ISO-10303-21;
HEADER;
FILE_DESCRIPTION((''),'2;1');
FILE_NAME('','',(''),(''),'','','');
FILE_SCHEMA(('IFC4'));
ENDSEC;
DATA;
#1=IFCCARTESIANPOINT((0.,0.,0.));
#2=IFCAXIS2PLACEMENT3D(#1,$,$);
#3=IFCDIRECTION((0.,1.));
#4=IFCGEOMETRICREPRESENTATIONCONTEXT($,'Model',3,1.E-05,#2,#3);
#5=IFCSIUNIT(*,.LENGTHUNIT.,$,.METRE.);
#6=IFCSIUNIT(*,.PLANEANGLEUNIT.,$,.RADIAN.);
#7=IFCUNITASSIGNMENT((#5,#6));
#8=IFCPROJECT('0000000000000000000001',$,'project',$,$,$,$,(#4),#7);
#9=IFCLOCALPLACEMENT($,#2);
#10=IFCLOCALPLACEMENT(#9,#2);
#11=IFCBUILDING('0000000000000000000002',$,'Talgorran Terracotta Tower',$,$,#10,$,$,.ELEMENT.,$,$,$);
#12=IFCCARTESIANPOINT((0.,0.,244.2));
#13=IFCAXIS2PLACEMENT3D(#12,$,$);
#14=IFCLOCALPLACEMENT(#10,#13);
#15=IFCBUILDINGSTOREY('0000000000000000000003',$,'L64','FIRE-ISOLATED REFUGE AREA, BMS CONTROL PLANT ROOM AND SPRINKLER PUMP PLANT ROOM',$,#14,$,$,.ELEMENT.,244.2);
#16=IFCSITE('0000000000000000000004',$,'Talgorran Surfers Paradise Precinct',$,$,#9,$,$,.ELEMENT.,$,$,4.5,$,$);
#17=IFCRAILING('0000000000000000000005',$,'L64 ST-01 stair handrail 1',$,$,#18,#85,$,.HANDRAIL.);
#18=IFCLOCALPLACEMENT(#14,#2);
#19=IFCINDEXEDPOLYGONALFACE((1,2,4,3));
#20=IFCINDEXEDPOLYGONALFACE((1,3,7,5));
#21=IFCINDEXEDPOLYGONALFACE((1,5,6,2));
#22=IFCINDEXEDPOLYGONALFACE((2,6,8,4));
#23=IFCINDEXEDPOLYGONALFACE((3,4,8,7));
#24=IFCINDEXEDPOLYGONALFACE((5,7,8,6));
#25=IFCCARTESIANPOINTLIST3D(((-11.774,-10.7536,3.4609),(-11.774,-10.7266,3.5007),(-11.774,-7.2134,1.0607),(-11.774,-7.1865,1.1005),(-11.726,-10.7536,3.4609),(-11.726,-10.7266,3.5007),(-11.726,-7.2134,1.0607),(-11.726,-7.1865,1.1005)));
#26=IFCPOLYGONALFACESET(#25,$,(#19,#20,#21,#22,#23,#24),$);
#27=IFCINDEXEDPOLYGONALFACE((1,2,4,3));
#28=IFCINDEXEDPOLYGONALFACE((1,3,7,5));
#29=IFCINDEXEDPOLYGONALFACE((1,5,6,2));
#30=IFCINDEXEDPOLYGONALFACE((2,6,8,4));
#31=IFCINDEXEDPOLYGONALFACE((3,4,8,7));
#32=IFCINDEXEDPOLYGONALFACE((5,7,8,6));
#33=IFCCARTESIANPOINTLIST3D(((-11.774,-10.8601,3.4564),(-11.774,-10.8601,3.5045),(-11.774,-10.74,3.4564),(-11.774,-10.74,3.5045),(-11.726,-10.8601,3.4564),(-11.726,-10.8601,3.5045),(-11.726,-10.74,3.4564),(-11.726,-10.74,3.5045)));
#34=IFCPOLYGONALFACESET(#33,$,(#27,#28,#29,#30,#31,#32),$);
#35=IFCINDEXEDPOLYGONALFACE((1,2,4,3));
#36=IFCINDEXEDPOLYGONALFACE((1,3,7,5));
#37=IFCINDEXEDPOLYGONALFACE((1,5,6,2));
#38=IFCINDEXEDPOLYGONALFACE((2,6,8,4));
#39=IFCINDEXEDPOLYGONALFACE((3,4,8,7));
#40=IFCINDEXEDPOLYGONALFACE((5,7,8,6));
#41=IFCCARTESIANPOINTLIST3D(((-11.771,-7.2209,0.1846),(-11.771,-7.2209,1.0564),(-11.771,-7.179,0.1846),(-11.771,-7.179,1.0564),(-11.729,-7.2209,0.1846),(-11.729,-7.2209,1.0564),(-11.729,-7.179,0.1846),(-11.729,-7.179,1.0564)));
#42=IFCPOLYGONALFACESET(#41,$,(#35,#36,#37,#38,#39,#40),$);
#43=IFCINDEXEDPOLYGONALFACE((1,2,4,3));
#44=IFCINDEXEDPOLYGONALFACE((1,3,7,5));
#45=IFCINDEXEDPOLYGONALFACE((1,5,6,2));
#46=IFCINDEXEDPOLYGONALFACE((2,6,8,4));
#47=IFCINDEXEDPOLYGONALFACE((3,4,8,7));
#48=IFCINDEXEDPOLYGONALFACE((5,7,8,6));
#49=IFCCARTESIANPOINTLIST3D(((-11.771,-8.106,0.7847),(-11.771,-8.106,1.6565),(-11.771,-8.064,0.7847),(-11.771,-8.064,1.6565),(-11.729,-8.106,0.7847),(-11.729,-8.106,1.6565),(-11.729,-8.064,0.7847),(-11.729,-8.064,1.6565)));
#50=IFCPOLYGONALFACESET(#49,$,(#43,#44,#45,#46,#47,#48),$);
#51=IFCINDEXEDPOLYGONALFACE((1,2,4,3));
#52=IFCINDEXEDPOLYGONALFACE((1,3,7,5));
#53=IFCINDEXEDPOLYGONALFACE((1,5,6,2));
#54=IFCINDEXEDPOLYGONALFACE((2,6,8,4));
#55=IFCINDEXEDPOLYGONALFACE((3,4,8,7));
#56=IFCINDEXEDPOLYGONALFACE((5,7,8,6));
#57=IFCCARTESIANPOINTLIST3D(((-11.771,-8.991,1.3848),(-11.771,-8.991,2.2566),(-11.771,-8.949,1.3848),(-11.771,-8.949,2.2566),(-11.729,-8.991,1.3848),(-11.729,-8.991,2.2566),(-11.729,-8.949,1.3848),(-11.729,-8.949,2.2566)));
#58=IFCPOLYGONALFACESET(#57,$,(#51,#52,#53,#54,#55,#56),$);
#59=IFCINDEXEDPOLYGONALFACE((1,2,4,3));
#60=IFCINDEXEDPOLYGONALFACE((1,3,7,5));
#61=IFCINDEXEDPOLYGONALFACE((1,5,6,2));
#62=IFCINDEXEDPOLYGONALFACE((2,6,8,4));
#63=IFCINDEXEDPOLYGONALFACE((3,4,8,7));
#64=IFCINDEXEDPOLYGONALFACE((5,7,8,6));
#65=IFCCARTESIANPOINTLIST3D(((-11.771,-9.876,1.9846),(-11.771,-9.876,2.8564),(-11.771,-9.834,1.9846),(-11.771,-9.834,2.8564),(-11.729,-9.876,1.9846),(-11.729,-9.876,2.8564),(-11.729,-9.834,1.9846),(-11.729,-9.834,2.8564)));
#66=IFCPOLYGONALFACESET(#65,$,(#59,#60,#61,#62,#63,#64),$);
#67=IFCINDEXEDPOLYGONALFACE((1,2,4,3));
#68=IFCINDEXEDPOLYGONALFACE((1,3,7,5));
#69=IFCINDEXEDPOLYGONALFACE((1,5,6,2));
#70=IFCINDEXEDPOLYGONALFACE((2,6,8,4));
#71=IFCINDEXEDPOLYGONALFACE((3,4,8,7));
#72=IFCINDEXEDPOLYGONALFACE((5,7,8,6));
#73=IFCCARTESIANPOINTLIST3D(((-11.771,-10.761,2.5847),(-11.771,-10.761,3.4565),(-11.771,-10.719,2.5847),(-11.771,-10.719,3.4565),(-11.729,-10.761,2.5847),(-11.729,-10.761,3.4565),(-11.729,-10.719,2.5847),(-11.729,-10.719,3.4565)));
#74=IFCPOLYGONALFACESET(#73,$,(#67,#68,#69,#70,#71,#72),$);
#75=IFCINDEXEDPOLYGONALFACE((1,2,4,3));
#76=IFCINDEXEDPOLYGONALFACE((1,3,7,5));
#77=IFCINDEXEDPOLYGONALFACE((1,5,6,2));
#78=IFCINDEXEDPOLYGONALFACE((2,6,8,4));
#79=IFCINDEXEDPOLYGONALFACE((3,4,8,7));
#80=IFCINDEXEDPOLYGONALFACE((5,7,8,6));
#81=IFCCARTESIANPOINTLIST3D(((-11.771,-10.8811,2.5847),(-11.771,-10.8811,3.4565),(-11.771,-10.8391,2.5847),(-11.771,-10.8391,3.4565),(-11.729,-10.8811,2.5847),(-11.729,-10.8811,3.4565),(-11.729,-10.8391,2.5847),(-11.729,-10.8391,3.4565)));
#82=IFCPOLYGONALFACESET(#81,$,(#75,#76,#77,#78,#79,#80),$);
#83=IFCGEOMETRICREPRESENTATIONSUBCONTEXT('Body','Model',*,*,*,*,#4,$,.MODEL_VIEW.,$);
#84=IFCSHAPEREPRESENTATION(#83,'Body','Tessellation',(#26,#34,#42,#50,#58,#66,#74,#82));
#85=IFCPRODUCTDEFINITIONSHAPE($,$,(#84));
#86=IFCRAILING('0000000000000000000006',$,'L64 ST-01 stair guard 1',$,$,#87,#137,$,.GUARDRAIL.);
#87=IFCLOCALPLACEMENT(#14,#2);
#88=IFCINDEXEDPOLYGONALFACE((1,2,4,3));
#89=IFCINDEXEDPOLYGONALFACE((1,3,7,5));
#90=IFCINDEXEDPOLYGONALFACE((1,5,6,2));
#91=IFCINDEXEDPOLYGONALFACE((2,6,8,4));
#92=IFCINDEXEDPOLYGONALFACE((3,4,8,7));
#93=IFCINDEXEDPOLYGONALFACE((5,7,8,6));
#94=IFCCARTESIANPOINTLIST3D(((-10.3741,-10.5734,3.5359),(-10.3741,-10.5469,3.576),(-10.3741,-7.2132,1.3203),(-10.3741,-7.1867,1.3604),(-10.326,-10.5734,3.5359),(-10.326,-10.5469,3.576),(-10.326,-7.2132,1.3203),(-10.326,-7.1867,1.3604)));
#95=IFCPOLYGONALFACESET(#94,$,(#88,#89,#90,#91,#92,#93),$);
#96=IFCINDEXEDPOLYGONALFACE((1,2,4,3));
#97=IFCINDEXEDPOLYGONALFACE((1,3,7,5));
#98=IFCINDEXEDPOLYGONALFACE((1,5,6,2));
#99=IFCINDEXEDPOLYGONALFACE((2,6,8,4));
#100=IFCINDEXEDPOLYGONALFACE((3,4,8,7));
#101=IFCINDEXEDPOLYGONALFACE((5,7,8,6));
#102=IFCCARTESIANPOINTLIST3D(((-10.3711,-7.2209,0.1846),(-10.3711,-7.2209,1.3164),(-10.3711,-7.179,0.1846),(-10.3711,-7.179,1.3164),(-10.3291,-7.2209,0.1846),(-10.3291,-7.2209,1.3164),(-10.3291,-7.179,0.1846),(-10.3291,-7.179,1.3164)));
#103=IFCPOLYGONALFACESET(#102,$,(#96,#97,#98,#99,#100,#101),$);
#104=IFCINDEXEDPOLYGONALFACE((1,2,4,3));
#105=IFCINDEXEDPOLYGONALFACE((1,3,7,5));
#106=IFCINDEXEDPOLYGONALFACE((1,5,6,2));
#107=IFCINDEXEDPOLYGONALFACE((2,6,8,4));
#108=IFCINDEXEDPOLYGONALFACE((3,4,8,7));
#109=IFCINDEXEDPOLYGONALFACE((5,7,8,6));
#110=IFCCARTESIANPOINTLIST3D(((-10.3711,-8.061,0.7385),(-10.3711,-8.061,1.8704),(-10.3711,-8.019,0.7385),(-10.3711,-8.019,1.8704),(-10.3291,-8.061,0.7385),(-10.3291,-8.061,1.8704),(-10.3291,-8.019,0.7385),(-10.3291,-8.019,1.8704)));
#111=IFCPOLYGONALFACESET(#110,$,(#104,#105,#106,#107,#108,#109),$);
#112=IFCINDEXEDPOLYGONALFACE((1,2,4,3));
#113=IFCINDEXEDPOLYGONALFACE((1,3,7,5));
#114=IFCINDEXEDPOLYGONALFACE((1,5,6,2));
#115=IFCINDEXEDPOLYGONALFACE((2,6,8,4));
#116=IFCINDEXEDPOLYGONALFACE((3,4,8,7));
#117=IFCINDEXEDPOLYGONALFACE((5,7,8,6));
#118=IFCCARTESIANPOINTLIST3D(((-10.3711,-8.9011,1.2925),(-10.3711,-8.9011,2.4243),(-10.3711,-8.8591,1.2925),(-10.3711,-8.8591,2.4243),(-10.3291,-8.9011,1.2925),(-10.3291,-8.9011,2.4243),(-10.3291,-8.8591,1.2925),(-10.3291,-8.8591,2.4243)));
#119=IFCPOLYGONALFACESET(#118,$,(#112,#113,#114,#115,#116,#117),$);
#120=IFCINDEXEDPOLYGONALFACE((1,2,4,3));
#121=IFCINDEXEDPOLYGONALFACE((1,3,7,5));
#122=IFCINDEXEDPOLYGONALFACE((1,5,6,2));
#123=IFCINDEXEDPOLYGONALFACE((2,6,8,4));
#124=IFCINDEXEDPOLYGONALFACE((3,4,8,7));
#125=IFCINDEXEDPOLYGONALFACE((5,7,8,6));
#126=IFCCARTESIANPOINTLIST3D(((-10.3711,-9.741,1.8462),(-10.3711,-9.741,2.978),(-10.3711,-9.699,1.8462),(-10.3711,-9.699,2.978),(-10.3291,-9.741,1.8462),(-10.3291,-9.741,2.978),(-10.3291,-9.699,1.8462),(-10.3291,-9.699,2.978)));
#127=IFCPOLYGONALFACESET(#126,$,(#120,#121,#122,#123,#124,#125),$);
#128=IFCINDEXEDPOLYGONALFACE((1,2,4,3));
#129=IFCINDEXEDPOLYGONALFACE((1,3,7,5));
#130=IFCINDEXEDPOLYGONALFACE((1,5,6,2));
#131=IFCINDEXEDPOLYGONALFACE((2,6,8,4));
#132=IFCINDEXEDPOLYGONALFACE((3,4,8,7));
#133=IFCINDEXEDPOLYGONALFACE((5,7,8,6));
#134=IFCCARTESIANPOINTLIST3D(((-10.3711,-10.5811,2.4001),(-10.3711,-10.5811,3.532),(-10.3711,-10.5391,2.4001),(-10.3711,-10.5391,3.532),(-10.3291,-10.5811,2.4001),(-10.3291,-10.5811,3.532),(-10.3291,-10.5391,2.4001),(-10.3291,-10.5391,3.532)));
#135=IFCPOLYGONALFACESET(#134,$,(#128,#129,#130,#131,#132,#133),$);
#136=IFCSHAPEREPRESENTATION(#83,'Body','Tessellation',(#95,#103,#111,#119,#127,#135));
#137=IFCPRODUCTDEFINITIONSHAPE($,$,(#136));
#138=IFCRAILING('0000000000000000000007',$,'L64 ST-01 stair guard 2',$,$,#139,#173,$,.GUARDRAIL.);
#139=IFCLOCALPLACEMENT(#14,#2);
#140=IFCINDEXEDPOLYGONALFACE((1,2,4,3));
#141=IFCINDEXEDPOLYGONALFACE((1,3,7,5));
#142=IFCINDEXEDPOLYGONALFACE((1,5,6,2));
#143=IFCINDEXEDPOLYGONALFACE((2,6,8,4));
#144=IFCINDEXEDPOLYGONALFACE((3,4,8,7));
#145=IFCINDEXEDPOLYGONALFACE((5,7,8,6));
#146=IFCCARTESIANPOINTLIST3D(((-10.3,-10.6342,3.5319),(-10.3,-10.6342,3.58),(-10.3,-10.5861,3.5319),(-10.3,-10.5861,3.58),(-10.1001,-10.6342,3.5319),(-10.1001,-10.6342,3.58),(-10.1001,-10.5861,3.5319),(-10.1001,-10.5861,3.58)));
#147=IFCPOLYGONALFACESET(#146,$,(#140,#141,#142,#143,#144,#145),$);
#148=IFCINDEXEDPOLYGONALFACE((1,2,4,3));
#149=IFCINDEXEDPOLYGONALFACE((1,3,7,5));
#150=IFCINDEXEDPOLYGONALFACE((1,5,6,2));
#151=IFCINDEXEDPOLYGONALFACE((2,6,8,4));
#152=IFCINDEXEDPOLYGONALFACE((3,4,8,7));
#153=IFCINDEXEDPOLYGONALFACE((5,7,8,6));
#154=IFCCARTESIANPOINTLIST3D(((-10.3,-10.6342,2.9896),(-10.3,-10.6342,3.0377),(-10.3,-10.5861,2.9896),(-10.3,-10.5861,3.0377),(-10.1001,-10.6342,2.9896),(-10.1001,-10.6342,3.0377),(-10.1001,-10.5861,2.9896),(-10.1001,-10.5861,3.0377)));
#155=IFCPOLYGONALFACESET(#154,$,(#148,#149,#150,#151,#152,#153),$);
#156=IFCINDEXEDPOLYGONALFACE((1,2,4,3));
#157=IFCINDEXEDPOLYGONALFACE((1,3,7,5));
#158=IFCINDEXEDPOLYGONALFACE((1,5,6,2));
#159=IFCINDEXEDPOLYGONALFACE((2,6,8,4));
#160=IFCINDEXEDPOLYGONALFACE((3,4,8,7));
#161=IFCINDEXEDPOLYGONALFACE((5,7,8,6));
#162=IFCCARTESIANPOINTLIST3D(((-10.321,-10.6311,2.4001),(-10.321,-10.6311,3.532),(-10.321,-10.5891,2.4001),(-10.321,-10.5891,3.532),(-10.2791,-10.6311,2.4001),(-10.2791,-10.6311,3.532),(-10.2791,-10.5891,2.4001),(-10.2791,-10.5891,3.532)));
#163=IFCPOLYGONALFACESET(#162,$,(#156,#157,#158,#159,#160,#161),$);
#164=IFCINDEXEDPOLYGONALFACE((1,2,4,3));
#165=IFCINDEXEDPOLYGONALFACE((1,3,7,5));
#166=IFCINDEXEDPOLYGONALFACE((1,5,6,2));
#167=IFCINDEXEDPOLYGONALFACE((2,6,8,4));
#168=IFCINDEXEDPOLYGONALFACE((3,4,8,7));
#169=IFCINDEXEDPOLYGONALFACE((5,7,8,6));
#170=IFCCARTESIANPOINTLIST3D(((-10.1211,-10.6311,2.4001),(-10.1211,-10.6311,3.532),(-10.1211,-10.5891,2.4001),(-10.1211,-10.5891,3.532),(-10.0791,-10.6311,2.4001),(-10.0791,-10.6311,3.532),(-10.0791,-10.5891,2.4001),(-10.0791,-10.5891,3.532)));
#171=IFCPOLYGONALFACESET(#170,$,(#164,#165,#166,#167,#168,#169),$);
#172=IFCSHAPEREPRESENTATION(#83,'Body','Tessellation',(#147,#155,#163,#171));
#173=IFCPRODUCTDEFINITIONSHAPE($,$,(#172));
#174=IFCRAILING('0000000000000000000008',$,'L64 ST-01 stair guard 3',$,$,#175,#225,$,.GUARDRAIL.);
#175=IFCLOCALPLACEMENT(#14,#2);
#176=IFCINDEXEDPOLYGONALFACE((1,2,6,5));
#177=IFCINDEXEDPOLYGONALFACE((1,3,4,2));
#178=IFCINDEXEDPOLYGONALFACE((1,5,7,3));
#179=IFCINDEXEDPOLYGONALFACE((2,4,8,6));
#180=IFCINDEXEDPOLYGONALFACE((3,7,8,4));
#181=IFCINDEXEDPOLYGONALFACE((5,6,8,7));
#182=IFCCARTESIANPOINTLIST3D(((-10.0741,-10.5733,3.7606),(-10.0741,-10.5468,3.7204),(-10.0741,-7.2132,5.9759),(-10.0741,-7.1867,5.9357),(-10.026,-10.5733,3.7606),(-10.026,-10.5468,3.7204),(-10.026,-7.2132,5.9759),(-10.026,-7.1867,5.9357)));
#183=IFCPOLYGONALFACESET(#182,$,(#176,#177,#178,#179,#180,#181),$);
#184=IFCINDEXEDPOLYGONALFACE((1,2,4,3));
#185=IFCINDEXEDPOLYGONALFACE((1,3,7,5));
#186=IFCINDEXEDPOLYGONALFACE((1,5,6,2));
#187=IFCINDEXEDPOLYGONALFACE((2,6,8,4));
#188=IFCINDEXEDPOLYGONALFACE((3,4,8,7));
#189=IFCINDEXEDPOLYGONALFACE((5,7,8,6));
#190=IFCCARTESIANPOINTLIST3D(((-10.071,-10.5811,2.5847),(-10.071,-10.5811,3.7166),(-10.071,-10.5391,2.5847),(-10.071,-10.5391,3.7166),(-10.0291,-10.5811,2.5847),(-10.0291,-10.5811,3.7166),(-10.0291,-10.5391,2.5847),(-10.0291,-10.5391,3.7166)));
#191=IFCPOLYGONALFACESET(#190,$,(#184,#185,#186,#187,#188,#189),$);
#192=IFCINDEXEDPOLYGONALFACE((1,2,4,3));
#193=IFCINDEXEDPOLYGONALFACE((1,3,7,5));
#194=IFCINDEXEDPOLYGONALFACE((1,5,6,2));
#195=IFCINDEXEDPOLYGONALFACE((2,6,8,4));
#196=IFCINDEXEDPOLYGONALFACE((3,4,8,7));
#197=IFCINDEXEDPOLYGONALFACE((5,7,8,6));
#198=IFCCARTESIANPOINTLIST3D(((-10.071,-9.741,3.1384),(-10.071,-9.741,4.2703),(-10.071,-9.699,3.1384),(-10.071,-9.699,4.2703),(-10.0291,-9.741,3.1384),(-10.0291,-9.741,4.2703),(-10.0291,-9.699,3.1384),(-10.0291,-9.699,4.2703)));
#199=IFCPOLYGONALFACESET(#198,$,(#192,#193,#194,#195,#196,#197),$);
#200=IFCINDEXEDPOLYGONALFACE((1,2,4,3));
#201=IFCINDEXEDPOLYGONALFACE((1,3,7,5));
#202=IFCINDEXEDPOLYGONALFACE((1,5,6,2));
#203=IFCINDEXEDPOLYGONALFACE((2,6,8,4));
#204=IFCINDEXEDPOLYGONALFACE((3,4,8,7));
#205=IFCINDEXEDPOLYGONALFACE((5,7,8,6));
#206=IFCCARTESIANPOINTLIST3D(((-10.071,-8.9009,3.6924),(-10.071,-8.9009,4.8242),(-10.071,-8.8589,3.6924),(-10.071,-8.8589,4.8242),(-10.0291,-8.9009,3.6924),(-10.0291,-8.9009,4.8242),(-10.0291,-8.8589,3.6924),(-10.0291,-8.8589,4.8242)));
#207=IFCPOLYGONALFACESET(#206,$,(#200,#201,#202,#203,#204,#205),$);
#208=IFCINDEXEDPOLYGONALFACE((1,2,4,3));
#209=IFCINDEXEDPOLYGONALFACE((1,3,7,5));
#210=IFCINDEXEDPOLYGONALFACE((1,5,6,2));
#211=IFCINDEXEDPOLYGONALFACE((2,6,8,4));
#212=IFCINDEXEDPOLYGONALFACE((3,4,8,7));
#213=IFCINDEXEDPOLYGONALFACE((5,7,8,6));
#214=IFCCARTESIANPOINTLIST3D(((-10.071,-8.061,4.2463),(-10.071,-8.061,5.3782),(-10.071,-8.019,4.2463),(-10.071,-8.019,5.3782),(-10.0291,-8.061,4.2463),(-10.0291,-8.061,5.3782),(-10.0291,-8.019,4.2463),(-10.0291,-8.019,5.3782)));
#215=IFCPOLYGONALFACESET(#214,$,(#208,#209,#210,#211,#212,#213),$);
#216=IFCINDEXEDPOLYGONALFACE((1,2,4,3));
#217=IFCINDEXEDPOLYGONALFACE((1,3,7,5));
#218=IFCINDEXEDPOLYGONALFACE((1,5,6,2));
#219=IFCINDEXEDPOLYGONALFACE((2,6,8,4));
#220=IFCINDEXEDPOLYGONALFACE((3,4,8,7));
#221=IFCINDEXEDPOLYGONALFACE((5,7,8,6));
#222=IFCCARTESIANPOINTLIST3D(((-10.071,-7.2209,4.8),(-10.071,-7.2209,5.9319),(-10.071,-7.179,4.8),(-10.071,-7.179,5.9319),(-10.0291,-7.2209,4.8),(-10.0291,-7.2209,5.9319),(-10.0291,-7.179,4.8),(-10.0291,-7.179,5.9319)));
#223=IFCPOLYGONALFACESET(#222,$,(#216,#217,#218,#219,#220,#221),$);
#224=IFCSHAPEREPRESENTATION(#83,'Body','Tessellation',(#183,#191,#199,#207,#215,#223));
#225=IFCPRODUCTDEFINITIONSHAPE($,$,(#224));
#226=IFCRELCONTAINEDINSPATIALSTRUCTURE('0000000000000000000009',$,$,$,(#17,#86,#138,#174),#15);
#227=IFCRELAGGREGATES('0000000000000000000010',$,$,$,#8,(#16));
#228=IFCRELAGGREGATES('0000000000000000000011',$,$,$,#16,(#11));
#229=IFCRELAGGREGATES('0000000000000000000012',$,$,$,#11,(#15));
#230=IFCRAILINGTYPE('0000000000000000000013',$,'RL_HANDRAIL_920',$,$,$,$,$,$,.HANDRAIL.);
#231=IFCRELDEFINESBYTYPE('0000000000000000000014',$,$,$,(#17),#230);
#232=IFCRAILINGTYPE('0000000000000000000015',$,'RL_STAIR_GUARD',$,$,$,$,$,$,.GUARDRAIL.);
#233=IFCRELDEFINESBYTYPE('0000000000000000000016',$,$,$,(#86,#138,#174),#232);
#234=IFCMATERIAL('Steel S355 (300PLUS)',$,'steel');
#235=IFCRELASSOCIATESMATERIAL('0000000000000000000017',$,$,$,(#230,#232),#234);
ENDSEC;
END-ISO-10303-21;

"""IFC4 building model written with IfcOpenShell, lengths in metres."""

from ifc_helpers import new_model, si_unit, direction, frame, origin, origin_2d, place, context, subcontext, project, spatial, rectangle, extrude, material, type_object, element, save


model = new_model("IFC4")

# Units and contexts
model_context = context("Model", 3, precision=1e-05, world=origin(), true_north=direction((0.0, 1.0)))
body_context = subcontext(model_context, "Body", "Model", "MODEL_VIEW")
ifc_project = project(units=[si_unit("LENGTHUNIT", "METRE"), si_unit("PLANEANGLEUNIT", "RADIAN")], contexts=[model_context])

# Site, building, storey
site_placement = place(None, origin())
site = spatial("IfcSite", under=ifc_project, at=site_placement, Name="Talgorran Surfers Paradise Precinct", CompositionType="ELEMENT", RefElevation=4.5)
building_placement = place(site_placement, origin())
building = spatial("IfcBuilding", under=site, at=building_placement, Name="Talgorran Terracotta Tower", CompositionType="ELEMENT")
storey_placement = place(building_placement, frame((0.0, 0.0, 244.2)))
storey = spatial("IfcBuildingStorey", under=building, at=storey_placement, Name="L64", Description="FIRE-ISOLATED REFUGE AREA, BMS CONTROL PLANT ROOM AND SPRINKLER PUMP PLANT ROOM", CompositionType="ELEMENT", Elevation=244.2)

# Shared definitions
ifc_material_1 = material(Name="Steel S355 (300PLUS)", Category="steel")

# Railings
railing_type_1 = type_object("IfcRailingType", Name="RL_HANDRAIL_920", PredefinedType="HANDRAIL", material=ifc_material_1)
railing_1_placement = place(storey_placement, frame((-11.75, -7.2, 0.1846)))
element("IfcRailing", 1, at=railing_1_placement, inside=storey, type_object=railing_type_1, Name="L64 ST-01 stair handrail 1", PredefinedType="HANDRAIL", context=body_context, shape_type="SweptSolid", body=[
    extrude(rectangle(XDim=0.0481, YDim=0.0481, at=origin_2d()), frame((0.0, 0.0, 0.896), z_axis=(0.0, -0.827695, 0.561178), x_axis=(1.0, 0.0, 0.0)), (0.0, 0.0, 1.0), 4.2771),
    extrude(rectangle(XDim=0.0481, YDim=0.0481, at=origin_2d()), frame((0.0, -3.54, 3.2959), z_axis=(0.0, -1.0, 0.0), x_axis=(1.0, 0.0, 0.0)), (0.0, 0.0, 1.0), 0.1201),
    extrude(rectangle(XDim=0.042, YDim=0.042, at=origin_2d()), origin(), (0.0, 0.0, 1.0), 0.8718),
    extrude(rectangle(XDim=0.042, YDim=0.042, at=origin_2d()), frame((0.0, -0.885, 0.6001)), (0.0, 0.0, 1.0), 0.8718),
    extrude(rectangle(XDim=0.042, YDim=0.042, at=origin_2d()), frame((0.0, -1.77, 1.2002)), (0.0, 0.0, 1.0), 0.8718),
    extrude(rectangle(XDim=0.042, YDim=0.042, at=origin_2d()), frame((0.0, -2.655, 1.8)), (0.0, 0.0, 1.0), 0.8718),
    extrude(rectangle(XDim=0.042, YDim=0.042, at=origin_2d()), frame((0.0, -3.54, 2.4001)), (0.0, 0.0, 1.0), 0.8718),
    extrude(rectangle(XDim=0.042, YDim=0.042, at=origin_2d()), frame((0.0, -3.6602, 2.4001)), (0.0, 0.0, 1.0), 0.8718),
])
railing_type_2 = type_object("IfcRailingType", Name="RL_STAIR_GUARD", PredefinedType="GUARDRAIL", material=ifc_material_1)
railing_2_placement = place(storey_placement, frame((-10.3501, -7.2, 0.1846)))
element("IfcRailing", 2, at=railing_2_placement, inside=storey, type_object=railing_type_2, Name="L64 ST-01 stair guard 1", PredefinedType="GUARDRAIL", context=body_context, shape_type="SweptSolid", body=[
    extrude(rectangle(XDim=0.0481, YDim=0.0481, at=origin_2d()), frame((0.0, 0.0, 1.1558), z_axis=(0.0, -0.834849, 0.55048), x_axis=(1.0, 0.0, 0.0)), (0.0, 0.0, 1.0), 4.0249),
    extrude(rectangle(XDim=0.042, YDim=0.042, at=origin_2d()), origin(), (0.0, 0.0, 1.0), 1.1318),
    extrude(rectangle(XDim=0.042, YDim=0.042, at=origin_2d()), frame((0.0, -0.8401, 0.554)), (0.0, 0.0, 1.0), 1.1318),
    extrude(rectangle(XDim=0.042, YDim=0.042, at=origin_2d()), frame((0.0, -1.6802, 1.1079)), (0.0, 0.0, 1.0), 1.1318),
    extrude(rectangle(XDim=0.042, YDim=0.042, at=origin_2d()), frame((0.0, -2.52, 1.6616)), (0.0, 0.0, 1.0), 1.1318),
    extrude(rectangle(XDim=0.042, YDim=0.042, at=origin_2d()), frame((0.0, -3.3601, 2.2156)), (0.0, 0.0, 1.0), 1.1318),
])
railing_3_placement = place(storey_placement, frame((-10.3, -10.6101, 2.4001)))
element("IfcRailing", 3, at=railing_3_placement, inside=storey, type_object=railing_type_2, Name="L64 ST-01 stair guard 2", PredefinedType="GUARDRAIL", context=body_context, shape_type="SweptSolid", body=[
    extrude(rectangle(XDim=0.0481, YDim=0.0481, at=origin_2d()), frame((0.0, 0.0, 1.1558), z_axis=(1.0, 0.0, 0.0), x_axis=(0.0, 1.0, 0.0)), (0.0, 0.0, 1.0), 0.2),
    extrude(rectangle(XDim=0.0481, YDim=0.0481, at=origin_2d()), frame((0.0, 0.0, 0.6135), z_axis=(1.0, 0.0, 0.0), x_axis=(0.0, 1.0, 0.0)), (0.0, 0.0, 1.0), 0.2),
    extrude(rectangle(XDim=0.042, YDim=0.042, at=origin_2d()), origin(), (0.0, 0.0, 1.0), 1.1318),
    extrude(rectangle(XDim=0.042, YDim=0.042, at=origin_2d()), frame((0.2, 0.0, 0.0)), (0.0, 0.0, 1.0), 1.1318),
])
railing_4_placement = place(storey_placement, frame((-10.05, -10.5601, 2.5847)))
element("IfcRailing", 4, at=railing_4_placement, inside=storey, type_object=railing_type_2, Name="L64 ST-01 stair guard 3", PredefinedType="GUARDRAIL", context=body_context, shape_type="SweptSolid", body=[
    extrude(rectangle(XDim=0.0481, YDim=0.0481, at=origin_2d()), frame((0.0, 0.0, 1.1558), z_axis=(0.0, 0.834876, 0.550437), x_axis=(-1.0, 0.0, 0.0)), (0.0, 0.0, 1.0), 4.0247),
    extrude(rectangle(XDim=0.042, YDim=0.042, at=origin_2d()), origin(), (0.0, 0.0, 1.0), 1.1318),
    extrude(rectangle(XDim=0.042, YDim=0.042, at=origin_2d()), frame((0.0, 0.8401, 0.5537)), (0.0, 0.0, 1.0), 1.1318),
    extrude(rectangle(XDim=0.042, YDim=0.042, at=origin_2d()), frame((0.0, 1.6802, 1.1077)), (0.0, 0.0, 1.0), 1.1318),
    extrude(rectangle(XDim=0.042, YDim=0.042, at=origin_2d()), frame((0.0, 2.52, 1.6616)), (0.0, 0.0, 1.0), 1.1318),
    extrude(rectangle(XDim=0.042, YDim=0.042, at=origin_2d()), frame((0.0, 3.3601, 2.2153)), (0.0, 0.0, 1.0), 1.1318),
])

save(model, "model.ifc")
